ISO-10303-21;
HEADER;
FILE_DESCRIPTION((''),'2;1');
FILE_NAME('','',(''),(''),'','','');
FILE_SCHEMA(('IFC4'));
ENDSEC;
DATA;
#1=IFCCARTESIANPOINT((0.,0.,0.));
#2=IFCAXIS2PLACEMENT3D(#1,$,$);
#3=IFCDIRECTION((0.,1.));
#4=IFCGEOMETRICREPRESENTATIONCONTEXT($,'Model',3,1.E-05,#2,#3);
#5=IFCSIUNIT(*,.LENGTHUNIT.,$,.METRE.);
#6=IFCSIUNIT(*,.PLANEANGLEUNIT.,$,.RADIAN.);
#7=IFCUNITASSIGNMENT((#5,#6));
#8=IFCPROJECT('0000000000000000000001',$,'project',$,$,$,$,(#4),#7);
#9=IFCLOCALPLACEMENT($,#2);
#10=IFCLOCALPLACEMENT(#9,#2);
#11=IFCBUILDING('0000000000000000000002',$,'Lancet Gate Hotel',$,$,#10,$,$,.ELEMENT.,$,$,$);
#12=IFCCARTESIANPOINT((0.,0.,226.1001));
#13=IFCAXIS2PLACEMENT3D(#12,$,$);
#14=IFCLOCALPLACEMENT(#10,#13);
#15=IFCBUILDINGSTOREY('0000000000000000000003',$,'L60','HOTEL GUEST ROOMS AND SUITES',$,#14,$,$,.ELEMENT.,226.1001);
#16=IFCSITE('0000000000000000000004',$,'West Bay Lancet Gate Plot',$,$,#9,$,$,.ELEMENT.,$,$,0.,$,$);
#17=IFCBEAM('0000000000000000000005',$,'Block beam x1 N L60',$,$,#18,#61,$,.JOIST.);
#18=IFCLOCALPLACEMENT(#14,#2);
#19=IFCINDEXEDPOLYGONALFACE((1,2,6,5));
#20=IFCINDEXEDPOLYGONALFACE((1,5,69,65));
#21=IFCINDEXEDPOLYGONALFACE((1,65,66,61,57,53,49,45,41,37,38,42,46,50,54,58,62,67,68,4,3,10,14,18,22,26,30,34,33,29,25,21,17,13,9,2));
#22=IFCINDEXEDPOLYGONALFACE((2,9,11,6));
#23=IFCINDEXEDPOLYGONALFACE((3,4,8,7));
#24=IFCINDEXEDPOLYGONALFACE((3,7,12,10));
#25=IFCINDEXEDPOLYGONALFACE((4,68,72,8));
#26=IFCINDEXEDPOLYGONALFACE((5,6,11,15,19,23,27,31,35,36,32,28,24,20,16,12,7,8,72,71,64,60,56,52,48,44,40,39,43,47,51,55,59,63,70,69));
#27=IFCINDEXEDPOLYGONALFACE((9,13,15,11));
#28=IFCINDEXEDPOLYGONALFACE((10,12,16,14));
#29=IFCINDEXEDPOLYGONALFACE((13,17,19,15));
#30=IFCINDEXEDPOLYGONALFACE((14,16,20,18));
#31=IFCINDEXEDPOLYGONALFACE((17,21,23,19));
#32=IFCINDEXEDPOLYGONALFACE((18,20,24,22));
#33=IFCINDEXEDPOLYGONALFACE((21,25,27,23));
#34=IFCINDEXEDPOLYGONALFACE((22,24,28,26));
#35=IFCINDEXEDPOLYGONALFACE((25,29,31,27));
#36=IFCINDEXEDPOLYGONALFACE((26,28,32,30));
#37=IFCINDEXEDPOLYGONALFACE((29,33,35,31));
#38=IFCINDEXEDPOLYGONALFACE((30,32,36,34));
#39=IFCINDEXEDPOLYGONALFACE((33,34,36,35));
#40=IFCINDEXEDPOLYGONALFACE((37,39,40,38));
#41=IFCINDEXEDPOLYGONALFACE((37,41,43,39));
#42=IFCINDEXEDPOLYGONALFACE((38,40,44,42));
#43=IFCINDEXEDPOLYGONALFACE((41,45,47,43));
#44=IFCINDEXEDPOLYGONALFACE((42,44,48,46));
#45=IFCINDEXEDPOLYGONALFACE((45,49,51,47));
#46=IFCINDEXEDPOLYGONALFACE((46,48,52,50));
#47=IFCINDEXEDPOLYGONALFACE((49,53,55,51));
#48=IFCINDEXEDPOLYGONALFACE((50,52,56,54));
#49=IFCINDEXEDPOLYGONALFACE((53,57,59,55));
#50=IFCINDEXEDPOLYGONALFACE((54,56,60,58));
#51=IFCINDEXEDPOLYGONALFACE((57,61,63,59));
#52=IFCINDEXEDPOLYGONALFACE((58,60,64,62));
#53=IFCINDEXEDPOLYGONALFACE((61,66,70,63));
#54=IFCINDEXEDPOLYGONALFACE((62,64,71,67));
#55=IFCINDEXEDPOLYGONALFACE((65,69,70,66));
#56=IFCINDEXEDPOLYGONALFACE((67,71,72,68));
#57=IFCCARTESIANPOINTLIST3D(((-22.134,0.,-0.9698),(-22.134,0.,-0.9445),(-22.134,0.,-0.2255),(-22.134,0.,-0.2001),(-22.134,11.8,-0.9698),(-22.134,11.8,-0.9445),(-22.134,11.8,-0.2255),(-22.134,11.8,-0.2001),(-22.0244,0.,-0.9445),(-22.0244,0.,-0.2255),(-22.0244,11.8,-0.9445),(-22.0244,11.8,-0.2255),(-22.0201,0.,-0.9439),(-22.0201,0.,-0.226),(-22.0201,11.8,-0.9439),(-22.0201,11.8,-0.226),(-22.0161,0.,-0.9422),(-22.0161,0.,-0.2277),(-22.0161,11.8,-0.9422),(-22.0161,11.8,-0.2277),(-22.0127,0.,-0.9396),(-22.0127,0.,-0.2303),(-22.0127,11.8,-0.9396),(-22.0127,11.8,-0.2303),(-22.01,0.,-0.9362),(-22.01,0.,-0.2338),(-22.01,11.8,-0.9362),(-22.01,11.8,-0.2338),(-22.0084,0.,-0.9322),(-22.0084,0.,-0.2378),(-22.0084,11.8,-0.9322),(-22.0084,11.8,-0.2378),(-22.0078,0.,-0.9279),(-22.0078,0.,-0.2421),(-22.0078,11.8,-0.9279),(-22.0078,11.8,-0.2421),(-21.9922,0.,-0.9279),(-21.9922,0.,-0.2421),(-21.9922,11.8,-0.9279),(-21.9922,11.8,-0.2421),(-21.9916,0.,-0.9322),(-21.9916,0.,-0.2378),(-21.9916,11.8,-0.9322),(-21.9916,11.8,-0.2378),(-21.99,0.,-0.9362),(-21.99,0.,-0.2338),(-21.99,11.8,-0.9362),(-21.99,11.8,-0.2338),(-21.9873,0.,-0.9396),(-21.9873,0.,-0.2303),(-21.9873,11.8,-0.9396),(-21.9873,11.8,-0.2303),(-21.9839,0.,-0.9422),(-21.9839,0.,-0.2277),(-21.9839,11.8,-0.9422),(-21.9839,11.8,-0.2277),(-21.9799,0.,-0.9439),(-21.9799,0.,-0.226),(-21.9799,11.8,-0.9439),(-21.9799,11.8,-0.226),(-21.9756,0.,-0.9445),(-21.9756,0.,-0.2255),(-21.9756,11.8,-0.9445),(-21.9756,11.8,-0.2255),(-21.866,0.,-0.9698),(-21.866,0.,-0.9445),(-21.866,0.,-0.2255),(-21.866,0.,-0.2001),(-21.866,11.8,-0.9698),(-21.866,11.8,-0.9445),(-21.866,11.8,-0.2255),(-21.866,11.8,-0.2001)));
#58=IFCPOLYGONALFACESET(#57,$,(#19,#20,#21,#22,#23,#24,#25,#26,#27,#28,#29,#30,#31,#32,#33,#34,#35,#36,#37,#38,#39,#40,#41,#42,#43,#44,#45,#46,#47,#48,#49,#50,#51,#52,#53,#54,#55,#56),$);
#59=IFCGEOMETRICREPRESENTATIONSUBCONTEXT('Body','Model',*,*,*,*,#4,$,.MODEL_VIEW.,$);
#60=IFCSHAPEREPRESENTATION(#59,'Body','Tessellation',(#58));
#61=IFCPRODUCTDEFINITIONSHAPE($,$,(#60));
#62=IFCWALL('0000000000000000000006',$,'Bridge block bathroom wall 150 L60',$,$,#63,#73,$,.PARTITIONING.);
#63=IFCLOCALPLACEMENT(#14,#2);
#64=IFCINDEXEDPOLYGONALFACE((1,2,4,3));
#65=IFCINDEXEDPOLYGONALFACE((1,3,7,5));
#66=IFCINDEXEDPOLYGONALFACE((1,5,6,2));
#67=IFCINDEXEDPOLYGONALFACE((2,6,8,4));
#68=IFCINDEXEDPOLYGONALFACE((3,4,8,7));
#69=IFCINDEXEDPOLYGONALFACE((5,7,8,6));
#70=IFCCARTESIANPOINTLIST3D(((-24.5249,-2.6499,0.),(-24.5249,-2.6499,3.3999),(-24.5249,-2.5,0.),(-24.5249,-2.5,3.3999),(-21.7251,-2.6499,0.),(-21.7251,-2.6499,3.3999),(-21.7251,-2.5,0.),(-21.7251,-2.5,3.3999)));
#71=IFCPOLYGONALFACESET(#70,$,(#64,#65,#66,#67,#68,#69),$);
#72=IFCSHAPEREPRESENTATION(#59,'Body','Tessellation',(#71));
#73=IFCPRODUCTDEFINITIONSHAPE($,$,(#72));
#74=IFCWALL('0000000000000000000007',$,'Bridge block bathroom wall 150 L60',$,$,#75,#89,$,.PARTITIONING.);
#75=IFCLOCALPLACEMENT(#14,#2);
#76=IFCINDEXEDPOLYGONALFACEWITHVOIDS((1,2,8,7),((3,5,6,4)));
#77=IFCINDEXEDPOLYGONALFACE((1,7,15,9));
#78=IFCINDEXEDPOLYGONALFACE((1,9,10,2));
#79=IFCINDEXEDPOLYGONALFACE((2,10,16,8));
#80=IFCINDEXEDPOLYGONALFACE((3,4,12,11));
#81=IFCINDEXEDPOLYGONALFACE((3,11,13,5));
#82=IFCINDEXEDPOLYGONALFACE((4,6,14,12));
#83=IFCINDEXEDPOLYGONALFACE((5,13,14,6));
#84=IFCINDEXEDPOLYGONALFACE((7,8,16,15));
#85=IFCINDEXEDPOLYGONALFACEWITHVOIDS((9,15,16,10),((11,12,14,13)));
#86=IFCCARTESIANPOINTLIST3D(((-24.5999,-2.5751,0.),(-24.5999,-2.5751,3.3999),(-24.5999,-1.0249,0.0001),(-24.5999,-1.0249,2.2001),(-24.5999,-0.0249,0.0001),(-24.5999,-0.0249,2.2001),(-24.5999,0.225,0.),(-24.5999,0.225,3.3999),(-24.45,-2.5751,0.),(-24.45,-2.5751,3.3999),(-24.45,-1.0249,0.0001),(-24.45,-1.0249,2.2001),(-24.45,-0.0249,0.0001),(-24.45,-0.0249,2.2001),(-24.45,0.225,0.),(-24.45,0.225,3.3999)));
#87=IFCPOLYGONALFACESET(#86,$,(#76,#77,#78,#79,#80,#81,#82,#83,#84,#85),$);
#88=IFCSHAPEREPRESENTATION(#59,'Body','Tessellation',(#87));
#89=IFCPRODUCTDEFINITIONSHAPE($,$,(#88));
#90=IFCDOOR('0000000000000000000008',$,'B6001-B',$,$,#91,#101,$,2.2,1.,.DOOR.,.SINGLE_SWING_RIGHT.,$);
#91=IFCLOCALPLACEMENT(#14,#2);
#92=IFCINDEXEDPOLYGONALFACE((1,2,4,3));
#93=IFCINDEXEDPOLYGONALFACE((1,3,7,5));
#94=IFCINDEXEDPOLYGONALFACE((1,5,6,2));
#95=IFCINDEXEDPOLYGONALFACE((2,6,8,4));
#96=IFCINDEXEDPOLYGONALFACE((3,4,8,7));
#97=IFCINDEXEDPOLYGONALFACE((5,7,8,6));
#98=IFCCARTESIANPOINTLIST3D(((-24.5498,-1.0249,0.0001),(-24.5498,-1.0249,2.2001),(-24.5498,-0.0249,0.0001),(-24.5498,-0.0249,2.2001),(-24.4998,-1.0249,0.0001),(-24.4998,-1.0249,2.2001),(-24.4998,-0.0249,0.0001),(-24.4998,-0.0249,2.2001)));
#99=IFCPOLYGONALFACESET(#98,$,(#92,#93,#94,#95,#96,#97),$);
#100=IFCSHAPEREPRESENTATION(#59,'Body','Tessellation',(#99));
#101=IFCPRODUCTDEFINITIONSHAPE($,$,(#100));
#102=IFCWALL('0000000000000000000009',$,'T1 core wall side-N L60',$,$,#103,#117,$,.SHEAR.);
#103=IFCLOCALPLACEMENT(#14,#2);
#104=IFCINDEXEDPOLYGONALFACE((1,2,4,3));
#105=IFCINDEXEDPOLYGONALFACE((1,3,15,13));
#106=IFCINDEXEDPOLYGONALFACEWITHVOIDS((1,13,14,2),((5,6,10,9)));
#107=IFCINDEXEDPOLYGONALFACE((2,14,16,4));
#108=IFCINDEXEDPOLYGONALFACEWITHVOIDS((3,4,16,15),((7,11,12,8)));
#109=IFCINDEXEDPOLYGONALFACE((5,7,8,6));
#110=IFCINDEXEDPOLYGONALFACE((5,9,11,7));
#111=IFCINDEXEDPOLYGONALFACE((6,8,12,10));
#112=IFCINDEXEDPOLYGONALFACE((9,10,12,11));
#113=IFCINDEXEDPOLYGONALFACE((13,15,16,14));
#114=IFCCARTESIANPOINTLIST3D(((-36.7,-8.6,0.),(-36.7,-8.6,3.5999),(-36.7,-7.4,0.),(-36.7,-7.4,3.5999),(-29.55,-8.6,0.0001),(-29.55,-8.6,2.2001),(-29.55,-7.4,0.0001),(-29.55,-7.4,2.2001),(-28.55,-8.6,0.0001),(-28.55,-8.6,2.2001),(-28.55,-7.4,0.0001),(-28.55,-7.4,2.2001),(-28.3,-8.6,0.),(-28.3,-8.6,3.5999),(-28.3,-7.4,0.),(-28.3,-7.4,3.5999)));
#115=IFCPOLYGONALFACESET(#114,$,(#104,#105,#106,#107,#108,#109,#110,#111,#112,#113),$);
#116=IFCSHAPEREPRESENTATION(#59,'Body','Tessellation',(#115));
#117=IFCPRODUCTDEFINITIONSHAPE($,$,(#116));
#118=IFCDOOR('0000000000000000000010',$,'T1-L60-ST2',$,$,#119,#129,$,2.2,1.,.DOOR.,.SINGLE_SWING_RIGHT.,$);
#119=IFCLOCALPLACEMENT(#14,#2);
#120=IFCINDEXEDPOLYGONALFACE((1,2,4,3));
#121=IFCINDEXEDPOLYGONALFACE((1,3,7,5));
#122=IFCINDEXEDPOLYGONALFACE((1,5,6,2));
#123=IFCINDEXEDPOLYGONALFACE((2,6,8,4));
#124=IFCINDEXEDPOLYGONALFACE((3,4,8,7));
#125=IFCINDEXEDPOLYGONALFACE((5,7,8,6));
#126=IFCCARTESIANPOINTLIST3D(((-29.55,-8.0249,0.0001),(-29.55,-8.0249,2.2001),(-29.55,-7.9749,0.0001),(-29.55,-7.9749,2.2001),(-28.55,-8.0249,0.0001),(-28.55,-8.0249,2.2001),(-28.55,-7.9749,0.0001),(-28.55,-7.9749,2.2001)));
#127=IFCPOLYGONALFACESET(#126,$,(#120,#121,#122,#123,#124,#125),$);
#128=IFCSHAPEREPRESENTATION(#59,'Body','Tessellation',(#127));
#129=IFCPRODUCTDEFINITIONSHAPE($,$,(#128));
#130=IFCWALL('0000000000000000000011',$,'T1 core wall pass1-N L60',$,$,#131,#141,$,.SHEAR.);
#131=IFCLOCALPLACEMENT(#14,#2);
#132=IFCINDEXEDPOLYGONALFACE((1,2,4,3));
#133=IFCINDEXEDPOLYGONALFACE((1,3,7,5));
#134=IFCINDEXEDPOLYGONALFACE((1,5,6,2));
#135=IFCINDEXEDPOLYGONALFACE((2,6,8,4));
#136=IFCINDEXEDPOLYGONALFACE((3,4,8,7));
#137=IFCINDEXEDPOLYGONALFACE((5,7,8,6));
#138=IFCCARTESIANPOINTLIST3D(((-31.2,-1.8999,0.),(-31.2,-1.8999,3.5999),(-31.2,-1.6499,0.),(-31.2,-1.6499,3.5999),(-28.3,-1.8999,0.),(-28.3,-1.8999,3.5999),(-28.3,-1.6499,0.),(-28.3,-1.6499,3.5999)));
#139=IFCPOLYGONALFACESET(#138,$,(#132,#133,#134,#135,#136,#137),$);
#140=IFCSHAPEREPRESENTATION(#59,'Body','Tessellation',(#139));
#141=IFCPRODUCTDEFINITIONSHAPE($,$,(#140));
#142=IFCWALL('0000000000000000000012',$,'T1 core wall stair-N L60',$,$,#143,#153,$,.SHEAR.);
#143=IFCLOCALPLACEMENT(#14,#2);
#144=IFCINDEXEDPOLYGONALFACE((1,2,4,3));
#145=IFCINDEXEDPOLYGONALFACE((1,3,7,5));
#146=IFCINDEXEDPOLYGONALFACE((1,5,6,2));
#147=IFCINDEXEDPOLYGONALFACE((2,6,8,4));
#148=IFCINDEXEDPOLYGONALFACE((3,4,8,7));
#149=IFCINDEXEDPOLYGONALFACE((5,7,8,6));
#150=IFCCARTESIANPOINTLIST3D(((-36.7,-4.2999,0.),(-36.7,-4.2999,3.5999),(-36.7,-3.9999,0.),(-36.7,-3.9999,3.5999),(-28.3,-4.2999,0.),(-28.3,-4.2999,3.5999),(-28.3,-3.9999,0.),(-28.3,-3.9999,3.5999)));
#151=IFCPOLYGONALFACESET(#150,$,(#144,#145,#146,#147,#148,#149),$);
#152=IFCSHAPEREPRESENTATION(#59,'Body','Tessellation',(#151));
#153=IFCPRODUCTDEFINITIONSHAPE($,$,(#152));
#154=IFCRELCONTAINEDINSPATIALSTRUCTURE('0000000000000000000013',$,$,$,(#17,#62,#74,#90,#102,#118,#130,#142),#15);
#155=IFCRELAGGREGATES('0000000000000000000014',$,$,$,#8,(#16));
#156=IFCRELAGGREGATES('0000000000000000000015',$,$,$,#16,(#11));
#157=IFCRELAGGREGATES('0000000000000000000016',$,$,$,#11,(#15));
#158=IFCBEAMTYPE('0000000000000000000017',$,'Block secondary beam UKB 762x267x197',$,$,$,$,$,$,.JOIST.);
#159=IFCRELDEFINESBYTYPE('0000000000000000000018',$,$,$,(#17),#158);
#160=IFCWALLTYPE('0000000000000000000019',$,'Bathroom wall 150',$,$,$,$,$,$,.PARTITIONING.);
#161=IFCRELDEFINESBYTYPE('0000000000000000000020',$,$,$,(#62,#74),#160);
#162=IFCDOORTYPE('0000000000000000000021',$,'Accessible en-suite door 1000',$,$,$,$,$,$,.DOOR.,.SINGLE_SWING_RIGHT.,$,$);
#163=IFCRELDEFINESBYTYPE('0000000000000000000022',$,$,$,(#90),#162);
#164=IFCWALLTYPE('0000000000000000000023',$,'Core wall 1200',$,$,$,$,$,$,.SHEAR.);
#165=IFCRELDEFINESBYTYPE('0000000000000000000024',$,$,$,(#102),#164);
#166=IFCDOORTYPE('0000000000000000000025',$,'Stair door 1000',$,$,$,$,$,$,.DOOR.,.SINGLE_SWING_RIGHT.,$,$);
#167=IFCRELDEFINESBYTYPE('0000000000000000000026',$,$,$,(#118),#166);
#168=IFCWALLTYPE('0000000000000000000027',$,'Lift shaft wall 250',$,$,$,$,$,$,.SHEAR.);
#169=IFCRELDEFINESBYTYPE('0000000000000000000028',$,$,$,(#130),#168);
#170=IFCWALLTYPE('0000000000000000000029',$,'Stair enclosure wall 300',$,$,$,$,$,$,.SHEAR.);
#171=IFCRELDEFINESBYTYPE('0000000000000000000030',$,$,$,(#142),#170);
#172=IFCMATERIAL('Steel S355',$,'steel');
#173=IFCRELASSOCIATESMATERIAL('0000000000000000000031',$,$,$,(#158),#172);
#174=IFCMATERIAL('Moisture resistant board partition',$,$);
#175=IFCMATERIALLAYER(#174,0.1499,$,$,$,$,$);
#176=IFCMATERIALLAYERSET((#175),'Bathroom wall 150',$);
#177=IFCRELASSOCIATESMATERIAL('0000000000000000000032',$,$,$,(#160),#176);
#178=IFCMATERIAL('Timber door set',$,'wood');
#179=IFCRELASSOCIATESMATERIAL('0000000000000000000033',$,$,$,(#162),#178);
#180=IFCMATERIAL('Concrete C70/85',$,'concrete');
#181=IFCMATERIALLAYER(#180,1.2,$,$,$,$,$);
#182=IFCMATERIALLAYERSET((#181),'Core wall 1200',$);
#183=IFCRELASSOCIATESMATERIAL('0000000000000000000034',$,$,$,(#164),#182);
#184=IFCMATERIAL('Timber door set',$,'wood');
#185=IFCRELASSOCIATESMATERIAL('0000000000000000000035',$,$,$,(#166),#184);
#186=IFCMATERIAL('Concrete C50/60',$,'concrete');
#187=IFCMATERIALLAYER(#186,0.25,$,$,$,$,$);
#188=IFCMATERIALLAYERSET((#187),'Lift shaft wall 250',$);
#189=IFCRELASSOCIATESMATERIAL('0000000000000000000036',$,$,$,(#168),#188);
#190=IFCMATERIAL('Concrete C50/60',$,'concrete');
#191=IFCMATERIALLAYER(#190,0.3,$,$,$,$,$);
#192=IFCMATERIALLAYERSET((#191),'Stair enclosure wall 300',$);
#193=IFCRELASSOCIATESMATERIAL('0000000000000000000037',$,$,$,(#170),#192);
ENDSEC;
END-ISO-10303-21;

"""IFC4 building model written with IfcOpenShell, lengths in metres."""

from ifc_helpers import new_model, si_unit, direction, frame, frame_2d, origin, origin_2d, place, context, subcontext, project, spatial, rectangle, i_section, extrude, material, layer, layer_set, material_profile, profile_set, type_object, element, fill, save


model = new_model("IFC4")

# Units and contexts
model_context = context("Model", 3, precision=1e-05, world=origin(), true_north=direction((0.0, 1.0)))
body_context = subcontext(model_context, "Body", "Model", "MODEL_VIEW")
ifc_project = project(units=[si_unit("LENGTHUNIT", "METRE"), si_unit("PLANEANGLEUNIT", "RADIAN")], contexts=[model_context])

# Site, building, storey
site_placement = place(None, origin())
site = spatial("IfcSite", under=ifc_project, at=site_placement, Name="West Bay Lancet Gate Plot", CompositionType="ELEMENT", RefElevation=0.0)
building_placement = place(site_placement, origin())
building = spatial("IfcBuilding", under=site, at=building_placement, Name="Lancet Gate Hotel", CompositionType="ELEMENT")
storey_placement = place(building_placement, frame((0.0, 0.0, 226.1001)))
storey = spatial("IfcBuildingStorey", under=building, at=storey_placement, Name="L60", Description="HOTEL GUEST ROOMS AND SUITES", CompositionType="ELEMENT", Elevation=226.1001)

# Beam
ifc_material_1 = material(Name="Steel S355", Category="steel")
ifc_material_profile_1 = material_profile(ifc_material_1, i_section(OverallWidth=0.2681, OverallDepth=0.7698, WebThickness=0.0156, FlangeThickness=0.0254, FilletRadius=0.0166, at=origin_2d()), Name="UKB 762x267x197")
ifc_profile_set_1 = profile_set([ifc_material_profile_1], Name="Steel S355")
beam_type_1 = type_object("IfcBeamType", Name="Block secondary beam UKB 762x267x197", PredefinedType="JOIST", material=ifc_profile_set_1)
beam_1_placement = place(storey_placement, frame((-22.0, 0.0, -0.585), z_axis=(0.0, 1.0, 0.0), x_axis=(-1.0, 0.0, 0.0)))
element("IfcBeam", 1, at=beam_1_placement, inside=storey, type_object=beam_type_1, Name="Block beam x1 N L60", PredefinedType="JOIST", context=body_context, shape_type="SweptSolid", body=[
    extrude(i_section(OverallWidth=0.2681, OverallDepth=0.7698, WebThickness=0.0156, FlangeThickness=0.0254, FilletRadius=0.0166, at=origin_2d()), origin(), (0.0, 0.0, 1.0), 11.8),
])

# Wall
ifc_material_2 = material(Name="Moisture resistant board partition")
ifc_layer_1 = layer(ifc_material_2, 0.1499)
ifc_layer_set_1 = layer_set([ifc_layer_1], Name="Bathroom wall 150")
wall_type_1 = type_object("IfcWallType", Name="Bathroom wall 150", PredefinedType="PARTITIONING", material=ifc_layer_set_1)
wall_1_placement = place(storey_placement, frame((-24.5249, -2.575, 0.0), z_axis=(0.0, 0.0, 1.0), x_axis=(1.0, 0.0, 0.0)))
element("IfcWall", 2, at=wall_1_placement, inside=storey, type_object=wall_type_1, Name="Bridge block bathroom wall 150 L60", PredefinedType="PARTITIONING", context=body_context, shape_type="SweptSolid", body=[
    extrude(rectangle(XDim=2.7998, YDim=0.1499, at=frame_2d((1.3999, 0.0))), origin(), (0.0, 0.0, 1.0), 3.3999),
])

# Walls, openings, doors
wall_2_placement = place(storey_placement, frame((-24.5249, -2.575, 0.0), z_axis=(0.0, 0.0, 1.0), x_axis=(0.0, 1.0, 0.0)))
wall_2 = element("IfcWall", 3, at=wall_2_placement, inside=storey, type_object=wall_type_1, Name="Bridge block bathroom wall 150 L60", PredefinedType="PARTITIONING", context=body_context, shape_type="SweptSolid", body=[
    extrude(rectangle(XDim=2.8, YDim=0.1499, at=frame_2d((1.3999, 0.0))), origin(), (0.0, 0.0, 1.0), 3.3999),
])
opening_1_placement = place(wall_2_placement, frame((1.55, 0.0, 0.0)))
opening_1 = element("IfcOpeningElement", 4, at=opening_1_placement, cuts=wall_2, PredefinedType="OPENING", context=body_context, shape_type="SweptSolid", body=[
    extrude(rectangle(XDim=1.0, YDim=2.2, at=frame_2d((0.5, 1.1001))), frame((0.0, 0.085, 0.0), z_axis=(0.0, -1.0, 0.0), x_axis=(1.0, 0.0, 0.0)), (0.0, 0.0, 1.0), 0.1699),
])
ifc_material_3 = material(Name="Timber door set", Category="wood")
door_type_1 = type_object("IfcDoorType", Name="Accessible en-suite door 1000", OperationType="SINGLE_SWING_RIGHT", PredefinedType="DOOR", material=ifc_material_3)
door_1_placement = place(opening_1_placement, origin())
door_1 = element("IfcDoor", 5, at=door_1_placement, inside=storey, type_object=door_type_1, Name="B6001-B", OperationType="SINGLE_SWING_RIGHT", OverallHeight=2.2, OverallWidth=1.0, PredefinedType="DOOR", context=body_context, shape_type="SweptSolid", body=[
    extrude(rectangle(XDim=1.0, YDim=2.2, at=frame_2d((0.5, 1.1001))), frame((0.0, 0.0249, 0.0), z_axis=(0.0, -1.0, 0.0), x_axis=(1.0, 0.0, 0.0)), (0.0, 0.0, 1.0), 0.05),
])
fill(opening_1, door_1)
ifc_material_4 = material(Name="Concrete C70/85", Category="concrete")
ifc_layer_2 = layer(ifc_material_4, 1.2)
ifc_layer_set_2 = layer_set([ifc_layer_2], Name="Core wall 1200")
wall_type_2 = type_object("IfcWallType", Name="Core wall 1200", PredefinedType="SHEAR", material=ifc_layer_set_2)
wall_3_placement = place(storey_placement, frame((-28.3, -8.0, 0.0), z_axis=(0.0, 0.0, 1.0), x_axis=(-1.0, 0.0, 0.0)))
wall_3 = element("IfcWall", 6, at=wall_3_placement, inside=storey, type_object=wall_type_2, Name="T1 core wall side-N L60", PredefinedType="SHEAR", context=body_context, shape_type="SweptSolid", body=[
    extrude(rectangle(XDim=8.3999, YDim=1.2, at=frame_2d((4.2, 0.0))), origin(), (0.0, 0.0, 1.0), 3.5999),
])
opening_2_placement = place(wall_3_placement, frame((0.25, 0.0, 0.0)))
opening_2 = element("IfcOpeningElement", 7, at=opening_2_placement, cuts=wall_3, PredefinedType="OPENING", context=body_context, shape_type="SweptSolid", body=[
    extrude(rectangle(XDim=1.0, YDim=2.2, at=frame_2d((0.5, 1.1001))), frame((0.0, 0.6099, 0.0), z_axis=(0.0, -1.0, 0.0), x_axis=(1.0, 0.0, 0.0)), (0.0, 0.0, 1.0), 1.22),
])
ifc_material_5 = material(Name="Timber door set", Category="wood")
door_type_2 = type_object("IfcDoorType", Name="Stair door 1000", OperationType="SINGLE_SWING_RIGHT", PredefinedType="DOOR", material=ifc_material_5)
door_2_placement = place(opening_2_placement, origin())
door_2 = element("IfcDoor", 8, at=door_2_placement, inside=storey, type_object=door_type_2, Name="T1-L60-ST2", OperationType="SINGLE_SWING_RIGHT", OverallHeight=2.2, OverallWidth=1.0, PredefinedType="DOOR", context=body_context, shape_type="SweptSolid", body=[
    extrude(rectangle(XDim=1.0, YDim=2.2, at=frame_2d((0.5, 1.1001))), frame((0.0, 0.0249, 0.0), z_axis=(0.0, -1.0, 0.0), x_axis=(1.0, 0.0, 0.0)), (0.0, 0.0, 1.0), 0.05),
])
fill(opening_2, door_2)

# Walls
ifc_material_6 = material(Name="Concrete C50/60", Category="concrete")
ifc_layer_3 = layer(ifc_material_6, 0.25)
ifc_layer_set_3 = layer_set([ifc_layer_3], Name="Lift shaft wall 250")
wall_type_3 = type_object("IfcWallType", Name="Lift shaft wall 250", PredefinedType="SHEAR", material=ifc_layer_set_3)
wall_4_placement = place(storey_placement, frame((-28.3, -1.7749, 0.0), z_axis=(0.0, 0.0, 1.0), x_axis=(-1.0, 0.0, 0.0)))
element("IfcWall", 9, at=wall_4_placement, inside=storey, type_object=wall_type_3, Name="T1 core wall pass1-N L60", PredefinedType="SHEAR", context=body_context, shape_type="SweptSolid", body=[
    extrude(rectangle(XDim=2.8999, YDim=0.25, at=frame_2d((1.45, 0.0))), origin(), (0.0, 0.0, 1.0), 3.5999),
])
ifc_material_7 = material(Name="Concrete C50/60", Category="concrete")
ifc_layer_4 = layer(ifc_material_7, 0.3)
ifc_layer_set_4 = layer_set([ifc_layer_4], Name="Stair enclosure wall 300")
wall_type_4 = type_object("IfcWallType", Name="Stair enclosure wall 300", PredefinedType="SHEAR", material=ifc_layer_set_4)
wall_5_placement = place(storey_placement, frame((-28.3, -4.1499, 0.0), z_axis=(0.0, 0.0, 1.0), x_axis=(-1.0, 0.0, 0.0)))
element("IfcWall", 10, at=wall_5_placement, inside=storey, type_object=wall_type_4, Name="T1 core wall stair-N L60", PredefinedType="SHEAR", context=body_context, shape_type="SweptSolid", body=[
    extrude(rectangle(XDim=8.3999, YDim=0.3, at=frame_2d((4.2, 0.0))), origin(), (0.0, 0.0, 1.0), 3.5999),
])

save(model, "model.ifc")
